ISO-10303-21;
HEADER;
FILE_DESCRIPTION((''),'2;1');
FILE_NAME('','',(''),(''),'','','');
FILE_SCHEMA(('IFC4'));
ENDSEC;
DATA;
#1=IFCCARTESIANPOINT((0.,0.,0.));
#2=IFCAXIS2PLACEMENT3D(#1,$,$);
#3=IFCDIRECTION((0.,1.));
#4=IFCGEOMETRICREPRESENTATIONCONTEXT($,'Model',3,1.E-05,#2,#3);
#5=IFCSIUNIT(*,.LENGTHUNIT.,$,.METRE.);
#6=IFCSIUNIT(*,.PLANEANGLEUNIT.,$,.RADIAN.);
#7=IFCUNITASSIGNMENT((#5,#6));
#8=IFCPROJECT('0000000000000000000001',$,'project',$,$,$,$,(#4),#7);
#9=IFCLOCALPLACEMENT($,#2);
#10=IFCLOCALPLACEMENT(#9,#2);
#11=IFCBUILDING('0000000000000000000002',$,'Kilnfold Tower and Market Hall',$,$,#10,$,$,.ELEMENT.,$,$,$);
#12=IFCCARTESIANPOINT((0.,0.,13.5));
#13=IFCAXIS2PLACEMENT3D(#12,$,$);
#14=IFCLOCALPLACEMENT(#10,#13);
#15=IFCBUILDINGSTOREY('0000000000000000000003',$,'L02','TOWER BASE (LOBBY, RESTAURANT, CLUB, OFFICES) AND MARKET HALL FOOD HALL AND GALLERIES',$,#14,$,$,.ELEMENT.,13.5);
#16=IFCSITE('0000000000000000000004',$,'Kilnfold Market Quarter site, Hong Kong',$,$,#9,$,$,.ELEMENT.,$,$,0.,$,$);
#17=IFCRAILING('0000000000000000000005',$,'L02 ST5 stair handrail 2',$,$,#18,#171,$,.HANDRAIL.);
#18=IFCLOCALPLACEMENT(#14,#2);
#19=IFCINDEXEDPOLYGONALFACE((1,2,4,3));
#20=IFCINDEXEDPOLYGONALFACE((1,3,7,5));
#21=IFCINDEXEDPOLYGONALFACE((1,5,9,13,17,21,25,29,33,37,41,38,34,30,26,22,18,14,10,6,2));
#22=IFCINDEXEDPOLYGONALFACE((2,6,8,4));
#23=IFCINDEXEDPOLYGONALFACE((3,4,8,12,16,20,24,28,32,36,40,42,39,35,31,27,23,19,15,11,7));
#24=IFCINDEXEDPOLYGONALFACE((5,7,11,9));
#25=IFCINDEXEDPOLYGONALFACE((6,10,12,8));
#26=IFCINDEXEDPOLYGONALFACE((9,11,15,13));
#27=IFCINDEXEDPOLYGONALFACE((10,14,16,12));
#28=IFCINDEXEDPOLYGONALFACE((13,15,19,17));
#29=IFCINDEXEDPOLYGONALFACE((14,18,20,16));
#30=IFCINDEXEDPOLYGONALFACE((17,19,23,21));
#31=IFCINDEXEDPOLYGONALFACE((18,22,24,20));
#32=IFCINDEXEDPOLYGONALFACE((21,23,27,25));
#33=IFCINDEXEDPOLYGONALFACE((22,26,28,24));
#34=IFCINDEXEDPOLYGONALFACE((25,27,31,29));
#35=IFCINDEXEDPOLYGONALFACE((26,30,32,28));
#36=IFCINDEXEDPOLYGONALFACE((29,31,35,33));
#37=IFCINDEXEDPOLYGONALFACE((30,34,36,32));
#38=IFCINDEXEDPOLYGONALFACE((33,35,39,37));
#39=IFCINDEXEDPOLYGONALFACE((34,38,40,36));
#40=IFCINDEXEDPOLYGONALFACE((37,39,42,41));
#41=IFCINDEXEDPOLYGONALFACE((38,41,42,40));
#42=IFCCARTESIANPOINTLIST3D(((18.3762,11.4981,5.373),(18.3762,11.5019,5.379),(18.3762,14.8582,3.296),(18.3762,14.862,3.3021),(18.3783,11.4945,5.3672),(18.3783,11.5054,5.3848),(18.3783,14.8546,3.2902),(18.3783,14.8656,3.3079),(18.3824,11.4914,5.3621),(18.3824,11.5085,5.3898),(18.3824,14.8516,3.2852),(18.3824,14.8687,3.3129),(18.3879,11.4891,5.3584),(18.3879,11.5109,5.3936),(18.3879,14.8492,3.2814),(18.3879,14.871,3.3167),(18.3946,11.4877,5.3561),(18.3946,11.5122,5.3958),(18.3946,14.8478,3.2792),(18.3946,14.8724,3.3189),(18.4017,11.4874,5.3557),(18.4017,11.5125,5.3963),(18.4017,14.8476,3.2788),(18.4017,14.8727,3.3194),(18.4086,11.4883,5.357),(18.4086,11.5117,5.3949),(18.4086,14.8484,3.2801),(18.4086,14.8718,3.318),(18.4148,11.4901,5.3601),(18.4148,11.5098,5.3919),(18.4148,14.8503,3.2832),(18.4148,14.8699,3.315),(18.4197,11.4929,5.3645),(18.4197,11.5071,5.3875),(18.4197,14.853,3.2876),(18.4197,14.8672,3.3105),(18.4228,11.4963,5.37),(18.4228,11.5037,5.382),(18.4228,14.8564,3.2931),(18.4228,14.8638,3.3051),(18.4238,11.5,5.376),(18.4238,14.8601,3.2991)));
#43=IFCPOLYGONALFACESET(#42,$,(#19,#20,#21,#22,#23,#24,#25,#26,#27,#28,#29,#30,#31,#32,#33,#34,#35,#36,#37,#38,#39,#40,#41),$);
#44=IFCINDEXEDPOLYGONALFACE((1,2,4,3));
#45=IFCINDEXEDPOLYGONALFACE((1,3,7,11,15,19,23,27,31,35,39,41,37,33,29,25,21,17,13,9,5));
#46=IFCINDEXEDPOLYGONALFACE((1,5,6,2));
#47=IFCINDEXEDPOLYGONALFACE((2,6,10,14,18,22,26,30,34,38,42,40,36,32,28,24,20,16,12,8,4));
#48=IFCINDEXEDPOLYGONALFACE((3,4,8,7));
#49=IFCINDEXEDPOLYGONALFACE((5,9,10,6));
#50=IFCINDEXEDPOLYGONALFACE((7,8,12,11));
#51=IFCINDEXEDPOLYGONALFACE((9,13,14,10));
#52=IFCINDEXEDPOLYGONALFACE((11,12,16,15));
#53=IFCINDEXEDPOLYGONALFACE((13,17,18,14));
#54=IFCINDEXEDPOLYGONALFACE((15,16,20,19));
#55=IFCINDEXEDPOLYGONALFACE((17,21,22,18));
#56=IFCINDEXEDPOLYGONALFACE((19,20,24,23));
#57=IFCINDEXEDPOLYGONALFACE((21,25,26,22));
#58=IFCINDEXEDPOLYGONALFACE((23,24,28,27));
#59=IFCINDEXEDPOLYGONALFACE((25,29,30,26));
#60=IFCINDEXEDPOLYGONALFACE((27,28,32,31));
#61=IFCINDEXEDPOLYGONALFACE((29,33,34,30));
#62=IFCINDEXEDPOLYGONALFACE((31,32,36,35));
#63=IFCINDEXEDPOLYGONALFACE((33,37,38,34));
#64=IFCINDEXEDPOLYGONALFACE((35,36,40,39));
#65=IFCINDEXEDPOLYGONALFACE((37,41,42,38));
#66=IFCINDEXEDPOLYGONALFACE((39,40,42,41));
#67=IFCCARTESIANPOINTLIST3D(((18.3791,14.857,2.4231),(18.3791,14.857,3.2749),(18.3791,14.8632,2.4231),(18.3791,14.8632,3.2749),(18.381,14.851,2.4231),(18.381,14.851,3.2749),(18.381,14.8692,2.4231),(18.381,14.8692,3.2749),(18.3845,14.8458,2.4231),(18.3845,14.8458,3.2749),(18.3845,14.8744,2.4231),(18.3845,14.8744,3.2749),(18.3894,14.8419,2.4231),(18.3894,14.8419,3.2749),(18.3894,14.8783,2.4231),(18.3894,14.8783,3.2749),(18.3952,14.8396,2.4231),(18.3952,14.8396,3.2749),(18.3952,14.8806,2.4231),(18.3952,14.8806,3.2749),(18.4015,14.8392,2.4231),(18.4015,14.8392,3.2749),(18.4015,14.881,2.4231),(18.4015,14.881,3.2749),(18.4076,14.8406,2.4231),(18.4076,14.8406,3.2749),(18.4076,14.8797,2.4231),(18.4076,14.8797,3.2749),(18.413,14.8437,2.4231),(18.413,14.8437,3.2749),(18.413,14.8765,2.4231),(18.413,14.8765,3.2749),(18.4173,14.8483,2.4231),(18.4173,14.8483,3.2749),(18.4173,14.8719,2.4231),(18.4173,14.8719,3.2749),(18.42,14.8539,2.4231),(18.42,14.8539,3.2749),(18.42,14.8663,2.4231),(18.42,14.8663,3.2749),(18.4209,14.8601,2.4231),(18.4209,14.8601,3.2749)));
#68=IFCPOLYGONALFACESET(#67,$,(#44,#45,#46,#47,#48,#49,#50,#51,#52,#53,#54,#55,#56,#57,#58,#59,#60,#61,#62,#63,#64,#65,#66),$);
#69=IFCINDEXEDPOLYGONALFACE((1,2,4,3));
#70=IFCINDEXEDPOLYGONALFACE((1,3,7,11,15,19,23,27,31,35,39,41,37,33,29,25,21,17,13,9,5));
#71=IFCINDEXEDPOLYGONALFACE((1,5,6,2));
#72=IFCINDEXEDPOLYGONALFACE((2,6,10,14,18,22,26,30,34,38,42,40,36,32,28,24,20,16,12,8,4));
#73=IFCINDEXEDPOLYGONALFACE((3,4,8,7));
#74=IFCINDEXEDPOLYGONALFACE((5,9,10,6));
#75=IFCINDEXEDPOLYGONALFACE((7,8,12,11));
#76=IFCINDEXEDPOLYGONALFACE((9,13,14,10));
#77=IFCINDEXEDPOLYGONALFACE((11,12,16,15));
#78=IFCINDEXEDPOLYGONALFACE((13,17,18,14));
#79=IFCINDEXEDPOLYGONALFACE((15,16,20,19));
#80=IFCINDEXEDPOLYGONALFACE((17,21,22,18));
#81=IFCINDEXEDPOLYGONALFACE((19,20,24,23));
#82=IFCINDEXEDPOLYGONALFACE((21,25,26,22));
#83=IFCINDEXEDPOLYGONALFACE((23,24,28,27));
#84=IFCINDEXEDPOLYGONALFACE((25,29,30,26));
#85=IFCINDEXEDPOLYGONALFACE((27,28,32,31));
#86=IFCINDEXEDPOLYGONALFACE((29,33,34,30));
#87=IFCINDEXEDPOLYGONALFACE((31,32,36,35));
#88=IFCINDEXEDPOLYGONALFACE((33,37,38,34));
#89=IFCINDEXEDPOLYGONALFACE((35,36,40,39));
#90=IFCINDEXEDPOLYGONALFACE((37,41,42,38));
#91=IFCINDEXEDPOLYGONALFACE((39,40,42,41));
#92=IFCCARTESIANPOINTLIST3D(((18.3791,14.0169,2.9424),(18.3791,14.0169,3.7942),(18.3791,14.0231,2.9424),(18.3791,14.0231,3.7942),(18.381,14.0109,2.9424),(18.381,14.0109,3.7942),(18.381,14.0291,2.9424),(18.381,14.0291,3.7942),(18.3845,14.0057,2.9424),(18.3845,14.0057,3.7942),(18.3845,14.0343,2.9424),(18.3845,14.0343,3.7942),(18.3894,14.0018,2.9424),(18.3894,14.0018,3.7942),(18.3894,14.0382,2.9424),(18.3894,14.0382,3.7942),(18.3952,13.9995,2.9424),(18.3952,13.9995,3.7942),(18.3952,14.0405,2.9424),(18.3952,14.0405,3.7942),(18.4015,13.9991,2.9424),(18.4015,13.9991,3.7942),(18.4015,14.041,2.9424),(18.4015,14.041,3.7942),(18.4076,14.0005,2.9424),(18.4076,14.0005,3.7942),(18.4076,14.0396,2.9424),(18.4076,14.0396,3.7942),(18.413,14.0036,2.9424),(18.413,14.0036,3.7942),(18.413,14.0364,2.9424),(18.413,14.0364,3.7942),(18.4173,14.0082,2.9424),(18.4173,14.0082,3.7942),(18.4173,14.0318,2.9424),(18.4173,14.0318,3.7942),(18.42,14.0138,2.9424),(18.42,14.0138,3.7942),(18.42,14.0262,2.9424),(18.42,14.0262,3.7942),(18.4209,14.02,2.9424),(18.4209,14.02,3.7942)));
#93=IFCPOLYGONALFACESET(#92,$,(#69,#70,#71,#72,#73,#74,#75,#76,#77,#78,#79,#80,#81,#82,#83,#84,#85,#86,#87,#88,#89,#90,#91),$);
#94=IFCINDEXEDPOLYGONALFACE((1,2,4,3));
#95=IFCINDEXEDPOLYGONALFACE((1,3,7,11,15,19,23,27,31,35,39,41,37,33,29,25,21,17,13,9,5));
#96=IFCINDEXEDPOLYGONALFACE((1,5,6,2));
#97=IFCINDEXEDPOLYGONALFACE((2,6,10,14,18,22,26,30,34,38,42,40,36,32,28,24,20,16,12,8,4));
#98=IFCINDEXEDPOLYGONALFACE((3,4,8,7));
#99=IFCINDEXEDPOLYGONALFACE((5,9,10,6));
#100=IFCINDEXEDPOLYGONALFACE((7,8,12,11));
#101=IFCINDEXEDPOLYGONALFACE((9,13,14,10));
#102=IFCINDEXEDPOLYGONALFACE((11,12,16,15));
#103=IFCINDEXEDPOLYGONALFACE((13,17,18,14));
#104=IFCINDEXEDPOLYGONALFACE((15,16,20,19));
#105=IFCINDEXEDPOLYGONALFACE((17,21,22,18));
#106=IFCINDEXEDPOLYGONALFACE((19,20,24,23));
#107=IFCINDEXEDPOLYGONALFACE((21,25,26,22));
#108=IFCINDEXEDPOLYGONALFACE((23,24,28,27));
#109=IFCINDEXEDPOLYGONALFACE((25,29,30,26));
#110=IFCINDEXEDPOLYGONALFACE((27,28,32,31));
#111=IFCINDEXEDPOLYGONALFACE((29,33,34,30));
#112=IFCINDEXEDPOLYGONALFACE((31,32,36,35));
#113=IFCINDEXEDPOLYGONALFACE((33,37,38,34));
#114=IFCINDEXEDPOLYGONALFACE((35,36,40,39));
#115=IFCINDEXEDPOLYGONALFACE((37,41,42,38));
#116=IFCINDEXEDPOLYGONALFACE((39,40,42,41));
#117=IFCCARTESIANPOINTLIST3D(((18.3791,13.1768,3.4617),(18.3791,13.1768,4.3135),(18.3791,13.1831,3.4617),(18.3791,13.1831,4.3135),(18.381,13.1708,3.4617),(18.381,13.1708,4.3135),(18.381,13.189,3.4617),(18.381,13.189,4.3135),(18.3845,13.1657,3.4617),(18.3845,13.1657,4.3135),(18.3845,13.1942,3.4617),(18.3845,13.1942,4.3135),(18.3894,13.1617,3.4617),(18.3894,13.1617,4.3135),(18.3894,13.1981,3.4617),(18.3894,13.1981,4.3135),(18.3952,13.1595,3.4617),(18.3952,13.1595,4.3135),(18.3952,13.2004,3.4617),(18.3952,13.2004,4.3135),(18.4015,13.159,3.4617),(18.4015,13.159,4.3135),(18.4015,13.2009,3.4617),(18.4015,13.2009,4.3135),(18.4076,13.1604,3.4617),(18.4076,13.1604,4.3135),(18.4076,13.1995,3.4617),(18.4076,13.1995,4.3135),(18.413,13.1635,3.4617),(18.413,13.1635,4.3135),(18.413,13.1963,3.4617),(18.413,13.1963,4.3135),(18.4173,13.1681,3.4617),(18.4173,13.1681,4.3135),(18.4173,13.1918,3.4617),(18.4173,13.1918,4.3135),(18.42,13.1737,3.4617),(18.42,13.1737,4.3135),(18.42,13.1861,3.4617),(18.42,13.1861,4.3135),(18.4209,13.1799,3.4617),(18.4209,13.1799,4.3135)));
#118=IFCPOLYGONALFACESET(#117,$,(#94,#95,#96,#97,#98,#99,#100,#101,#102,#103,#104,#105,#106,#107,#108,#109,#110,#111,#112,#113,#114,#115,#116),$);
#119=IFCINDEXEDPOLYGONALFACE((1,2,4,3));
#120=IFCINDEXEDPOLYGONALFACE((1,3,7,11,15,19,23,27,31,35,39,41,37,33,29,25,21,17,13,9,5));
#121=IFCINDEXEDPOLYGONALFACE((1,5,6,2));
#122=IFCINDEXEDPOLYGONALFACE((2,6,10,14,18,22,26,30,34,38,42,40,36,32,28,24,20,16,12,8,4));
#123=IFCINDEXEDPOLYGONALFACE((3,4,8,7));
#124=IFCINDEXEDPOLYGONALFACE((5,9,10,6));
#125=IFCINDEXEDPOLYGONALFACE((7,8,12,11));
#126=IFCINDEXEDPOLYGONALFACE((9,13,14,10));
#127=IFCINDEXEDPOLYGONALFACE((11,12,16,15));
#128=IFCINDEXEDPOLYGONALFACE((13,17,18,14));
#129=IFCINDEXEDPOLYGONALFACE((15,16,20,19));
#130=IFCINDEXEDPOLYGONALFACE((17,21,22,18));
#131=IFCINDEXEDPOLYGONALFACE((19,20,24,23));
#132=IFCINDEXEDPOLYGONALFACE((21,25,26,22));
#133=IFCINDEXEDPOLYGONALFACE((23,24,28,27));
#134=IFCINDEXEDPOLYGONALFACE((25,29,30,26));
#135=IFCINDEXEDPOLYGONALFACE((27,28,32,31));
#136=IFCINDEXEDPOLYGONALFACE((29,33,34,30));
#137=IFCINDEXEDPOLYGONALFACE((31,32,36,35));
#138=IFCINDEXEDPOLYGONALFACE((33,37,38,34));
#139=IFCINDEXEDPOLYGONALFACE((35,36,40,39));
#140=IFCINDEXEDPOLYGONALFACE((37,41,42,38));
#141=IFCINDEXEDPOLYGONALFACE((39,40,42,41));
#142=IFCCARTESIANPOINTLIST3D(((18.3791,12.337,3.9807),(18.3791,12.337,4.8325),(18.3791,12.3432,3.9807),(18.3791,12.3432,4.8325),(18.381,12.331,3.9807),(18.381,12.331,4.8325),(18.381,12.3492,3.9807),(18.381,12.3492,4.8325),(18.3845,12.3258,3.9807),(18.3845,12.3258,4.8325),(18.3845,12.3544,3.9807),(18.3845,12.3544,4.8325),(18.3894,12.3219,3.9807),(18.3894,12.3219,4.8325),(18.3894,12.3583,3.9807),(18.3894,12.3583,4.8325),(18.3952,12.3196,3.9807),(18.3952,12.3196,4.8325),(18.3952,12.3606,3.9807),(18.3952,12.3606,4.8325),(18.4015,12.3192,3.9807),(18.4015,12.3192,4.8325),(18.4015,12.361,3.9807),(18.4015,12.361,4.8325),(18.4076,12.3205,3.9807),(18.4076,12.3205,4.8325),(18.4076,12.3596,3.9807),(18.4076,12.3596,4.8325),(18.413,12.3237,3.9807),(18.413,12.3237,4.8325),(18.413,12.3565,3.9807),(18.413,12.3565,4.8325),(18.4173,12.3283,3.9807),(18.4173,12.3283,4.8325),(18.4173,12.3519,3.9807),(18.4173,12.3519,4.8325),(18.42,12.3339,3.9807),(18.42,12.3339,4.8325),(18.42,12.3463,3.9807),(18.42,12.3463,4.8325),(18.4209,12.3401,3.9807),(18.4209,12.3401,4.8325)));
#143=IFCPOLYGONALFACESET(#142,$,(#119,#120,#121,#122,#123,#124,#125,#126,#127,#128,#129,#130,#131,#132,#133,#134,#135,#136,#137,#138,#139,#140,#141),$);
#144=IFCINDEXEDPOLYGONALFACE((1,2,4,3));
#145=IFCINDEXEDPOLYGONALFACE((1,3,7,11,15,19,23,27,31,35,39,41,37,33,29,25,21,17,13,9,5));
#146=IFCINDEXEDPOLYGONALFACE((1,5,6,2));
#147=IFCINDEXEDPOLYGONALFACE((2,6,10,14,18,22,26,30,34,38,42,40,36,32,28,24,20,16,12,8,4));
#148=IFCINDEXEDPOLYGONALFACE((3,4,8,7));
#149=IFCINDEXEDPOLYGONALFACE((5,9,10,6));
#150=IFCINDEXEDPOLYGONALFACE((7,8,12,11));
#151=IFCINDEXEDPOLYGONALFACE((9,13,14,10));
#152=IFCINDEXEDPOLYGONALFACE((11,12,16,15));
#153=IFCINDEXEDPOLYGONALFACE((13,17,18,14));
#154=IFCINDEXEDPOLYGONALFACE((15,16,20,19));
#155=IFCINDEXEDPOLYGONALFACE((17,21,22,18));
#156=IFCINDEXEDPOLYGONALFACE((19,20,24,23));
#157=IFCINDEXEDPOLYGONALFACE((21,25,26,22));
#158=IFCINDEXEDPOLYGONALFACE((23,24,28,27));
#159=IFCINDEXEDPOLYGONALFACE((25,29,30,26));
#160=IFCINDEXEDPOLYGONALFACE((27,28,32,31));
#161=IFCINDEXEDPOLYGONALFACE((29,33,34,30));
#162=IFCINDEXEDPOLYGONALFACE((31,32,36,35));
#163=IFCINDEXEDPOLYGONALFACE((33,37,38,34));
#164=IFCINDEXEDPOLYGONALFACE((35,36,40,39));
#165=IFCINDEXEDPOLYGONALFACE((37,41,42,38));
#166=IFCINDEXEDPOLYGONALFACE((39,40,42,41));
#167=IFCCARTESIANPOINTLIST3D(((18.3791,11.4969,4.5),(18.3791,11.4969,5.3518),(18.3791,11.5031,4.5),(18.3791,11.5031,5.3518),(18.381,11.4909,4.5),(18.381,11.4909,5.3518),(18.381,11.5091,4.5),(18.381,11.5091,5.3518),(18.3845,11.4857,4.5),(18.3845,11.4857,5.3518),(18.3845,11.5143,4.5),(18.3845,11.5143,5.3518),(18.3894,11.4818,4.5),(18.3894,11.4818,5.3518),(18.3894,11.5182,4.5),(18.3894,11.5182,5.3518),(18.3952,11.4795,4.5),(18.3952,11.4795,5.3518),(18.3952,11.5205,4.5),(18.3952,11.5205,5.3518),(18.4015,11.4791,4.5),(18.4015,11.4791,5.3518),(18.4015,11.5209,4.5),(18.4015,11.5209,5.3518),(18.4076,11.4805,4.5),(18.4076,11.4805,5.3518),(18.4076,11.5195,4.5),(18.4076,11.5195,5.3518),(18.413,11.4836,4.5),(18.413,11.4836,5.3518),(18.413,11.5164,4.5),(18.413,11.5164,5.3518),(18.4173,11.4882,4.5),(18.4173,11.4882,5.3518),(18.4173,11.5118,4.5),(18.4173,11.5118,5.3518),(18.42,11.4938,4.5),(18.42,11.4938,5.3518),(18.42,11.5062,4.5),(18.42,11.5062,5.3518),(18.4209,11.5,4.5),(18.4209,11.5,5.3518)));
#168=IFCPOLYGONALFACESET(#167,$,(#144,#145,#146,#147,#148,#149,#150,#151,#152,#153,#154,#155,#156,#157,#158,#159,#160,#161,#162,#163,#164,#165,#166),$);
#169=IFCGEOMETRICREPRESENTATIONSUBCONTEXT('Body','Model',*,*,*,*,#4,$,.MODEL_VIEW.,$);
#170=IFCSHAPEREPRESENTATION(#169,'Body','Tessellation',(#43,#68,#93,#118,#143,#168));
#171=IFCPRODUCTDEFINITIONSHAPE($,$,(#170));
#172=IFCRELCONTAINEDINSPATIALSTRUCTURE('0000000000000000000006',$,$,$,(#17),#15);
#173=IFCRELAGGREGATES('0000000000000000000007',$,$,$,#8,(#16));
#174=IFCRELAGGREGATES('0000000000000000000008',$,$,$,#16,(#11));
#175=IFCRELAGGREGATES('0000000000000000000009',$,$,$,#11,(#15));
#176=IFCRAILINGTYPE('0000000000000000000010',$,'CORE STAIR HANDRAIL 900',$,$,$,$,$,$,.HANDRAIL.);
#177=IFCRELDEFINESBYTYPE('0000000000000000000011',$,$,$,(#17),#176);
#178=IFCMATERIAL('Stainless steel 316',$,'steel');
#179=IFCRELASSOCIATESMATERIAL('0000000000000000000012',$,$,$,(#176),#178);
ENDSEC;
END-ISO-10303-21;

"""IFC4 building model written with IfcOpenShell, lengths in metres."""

from ifc_helpers import new_model, si_unit, direction, frame, origin, origin_2d, place, context, subcontext, project, spatial, circle, extrude, material, type_object, element, save


model = new_model("IFC4")

# Units and contexts
model_context = context("Model", 3, precision=1e-05, world=origin(), true_north=direction((0.0, 1.0)))
body_context = subcontext(model_context, "Body", "Model", "MODEL_VIEW")
ifc_project = project(units=[si_unit("LENGTHUNIT", "METRE"), si_unit("PLANEANGLEUNIT", "RADIAN")], contexts=[model_context])

# Site, building, storey
site_placement = place(None, origin())
site = spatial("IfcSite", under=ifc_project, at=site_placement, Name="Kilnfold Market Quarter site, Hong Kong", CompositionType="ELEMENT", RefElevation=0.0)
building_placement = place(site_placement, origin())
building = spatial("IfcBuilding", under=site, at=building_placement, Name="Kilnfold Tower and Market Hall", CompositionType="ELEMENT")
storey_placement = place(building_placement, frame((0.0, 0.0, 13.5)))
storey = spatial("IfcBuildingStorey", under=building, at=storey_placement, Name="L02", Description="TOWER BASE (LOBBY, RESTAURANT, CLUB, OFFICES) AND MARKET HALL FOOD HALL AND GALLERIES", CompositionType="ELEMENT", Elevation=13.5)

# Railing
ifc_material_1 = material(Name="Stainless steel 316", Category="steel")
railing_type_1 = type_object("IfcRailingType", Name="CORE STAIR HANDRAIL 900", PredefinedType="HANDRAIL", material=ifc_material_1)
railing_1_placement = place(storey_placement, frame((18.3999, 14.8601, 2.4231)))
element("IfcRailing", 1, at=railing_1_placement, inside=storey, type_object=railing_type_1, Name="L02 ST5 stair handrail 2", PredefinedType="HANDRAIL", context=body_context, shape_type="SweptSolid", body=[
    extrude(circle(Radius=0.0239, at=origin_2d()), frame((0.0, 0.0, 0.876), z_axis=(0.0, -0.850623, 0.525776), x_axis=(1.0, 0.0, 0.0)), (0.0, 0.0, 1.0), 3.9502),
    extrude(circle(Radius=0.021, at=origin_2d()), origin(), (0.0, 0.0, 1.0), 0.8518),
    extrude(circle(Radius=0.021, at=origin_2d()), frame((0.0, -0.8401, 0.5193)), (0.0, 0.0, 1.0), 0.8518),
    extrude(circle(Radius=0.021, at=origin_2d()), frame((0.0, -1.6802, 1.0386)), (0.0, 0.0, 1.0), 0.8518),
    extrude(circle(Radius=0.021, at=origin_2d()), frame((0.0, -2.52, 1.5576)), (0.0, 0.0, 1.0), 0.8518),
    extrude(circle(Radius=0.021, at=origin_2d()), frame((0.0, -3.3601, 2.0769)), (0.0, 0.0, 1.0), 0.8518),
])

save(model, "model.ifc")
